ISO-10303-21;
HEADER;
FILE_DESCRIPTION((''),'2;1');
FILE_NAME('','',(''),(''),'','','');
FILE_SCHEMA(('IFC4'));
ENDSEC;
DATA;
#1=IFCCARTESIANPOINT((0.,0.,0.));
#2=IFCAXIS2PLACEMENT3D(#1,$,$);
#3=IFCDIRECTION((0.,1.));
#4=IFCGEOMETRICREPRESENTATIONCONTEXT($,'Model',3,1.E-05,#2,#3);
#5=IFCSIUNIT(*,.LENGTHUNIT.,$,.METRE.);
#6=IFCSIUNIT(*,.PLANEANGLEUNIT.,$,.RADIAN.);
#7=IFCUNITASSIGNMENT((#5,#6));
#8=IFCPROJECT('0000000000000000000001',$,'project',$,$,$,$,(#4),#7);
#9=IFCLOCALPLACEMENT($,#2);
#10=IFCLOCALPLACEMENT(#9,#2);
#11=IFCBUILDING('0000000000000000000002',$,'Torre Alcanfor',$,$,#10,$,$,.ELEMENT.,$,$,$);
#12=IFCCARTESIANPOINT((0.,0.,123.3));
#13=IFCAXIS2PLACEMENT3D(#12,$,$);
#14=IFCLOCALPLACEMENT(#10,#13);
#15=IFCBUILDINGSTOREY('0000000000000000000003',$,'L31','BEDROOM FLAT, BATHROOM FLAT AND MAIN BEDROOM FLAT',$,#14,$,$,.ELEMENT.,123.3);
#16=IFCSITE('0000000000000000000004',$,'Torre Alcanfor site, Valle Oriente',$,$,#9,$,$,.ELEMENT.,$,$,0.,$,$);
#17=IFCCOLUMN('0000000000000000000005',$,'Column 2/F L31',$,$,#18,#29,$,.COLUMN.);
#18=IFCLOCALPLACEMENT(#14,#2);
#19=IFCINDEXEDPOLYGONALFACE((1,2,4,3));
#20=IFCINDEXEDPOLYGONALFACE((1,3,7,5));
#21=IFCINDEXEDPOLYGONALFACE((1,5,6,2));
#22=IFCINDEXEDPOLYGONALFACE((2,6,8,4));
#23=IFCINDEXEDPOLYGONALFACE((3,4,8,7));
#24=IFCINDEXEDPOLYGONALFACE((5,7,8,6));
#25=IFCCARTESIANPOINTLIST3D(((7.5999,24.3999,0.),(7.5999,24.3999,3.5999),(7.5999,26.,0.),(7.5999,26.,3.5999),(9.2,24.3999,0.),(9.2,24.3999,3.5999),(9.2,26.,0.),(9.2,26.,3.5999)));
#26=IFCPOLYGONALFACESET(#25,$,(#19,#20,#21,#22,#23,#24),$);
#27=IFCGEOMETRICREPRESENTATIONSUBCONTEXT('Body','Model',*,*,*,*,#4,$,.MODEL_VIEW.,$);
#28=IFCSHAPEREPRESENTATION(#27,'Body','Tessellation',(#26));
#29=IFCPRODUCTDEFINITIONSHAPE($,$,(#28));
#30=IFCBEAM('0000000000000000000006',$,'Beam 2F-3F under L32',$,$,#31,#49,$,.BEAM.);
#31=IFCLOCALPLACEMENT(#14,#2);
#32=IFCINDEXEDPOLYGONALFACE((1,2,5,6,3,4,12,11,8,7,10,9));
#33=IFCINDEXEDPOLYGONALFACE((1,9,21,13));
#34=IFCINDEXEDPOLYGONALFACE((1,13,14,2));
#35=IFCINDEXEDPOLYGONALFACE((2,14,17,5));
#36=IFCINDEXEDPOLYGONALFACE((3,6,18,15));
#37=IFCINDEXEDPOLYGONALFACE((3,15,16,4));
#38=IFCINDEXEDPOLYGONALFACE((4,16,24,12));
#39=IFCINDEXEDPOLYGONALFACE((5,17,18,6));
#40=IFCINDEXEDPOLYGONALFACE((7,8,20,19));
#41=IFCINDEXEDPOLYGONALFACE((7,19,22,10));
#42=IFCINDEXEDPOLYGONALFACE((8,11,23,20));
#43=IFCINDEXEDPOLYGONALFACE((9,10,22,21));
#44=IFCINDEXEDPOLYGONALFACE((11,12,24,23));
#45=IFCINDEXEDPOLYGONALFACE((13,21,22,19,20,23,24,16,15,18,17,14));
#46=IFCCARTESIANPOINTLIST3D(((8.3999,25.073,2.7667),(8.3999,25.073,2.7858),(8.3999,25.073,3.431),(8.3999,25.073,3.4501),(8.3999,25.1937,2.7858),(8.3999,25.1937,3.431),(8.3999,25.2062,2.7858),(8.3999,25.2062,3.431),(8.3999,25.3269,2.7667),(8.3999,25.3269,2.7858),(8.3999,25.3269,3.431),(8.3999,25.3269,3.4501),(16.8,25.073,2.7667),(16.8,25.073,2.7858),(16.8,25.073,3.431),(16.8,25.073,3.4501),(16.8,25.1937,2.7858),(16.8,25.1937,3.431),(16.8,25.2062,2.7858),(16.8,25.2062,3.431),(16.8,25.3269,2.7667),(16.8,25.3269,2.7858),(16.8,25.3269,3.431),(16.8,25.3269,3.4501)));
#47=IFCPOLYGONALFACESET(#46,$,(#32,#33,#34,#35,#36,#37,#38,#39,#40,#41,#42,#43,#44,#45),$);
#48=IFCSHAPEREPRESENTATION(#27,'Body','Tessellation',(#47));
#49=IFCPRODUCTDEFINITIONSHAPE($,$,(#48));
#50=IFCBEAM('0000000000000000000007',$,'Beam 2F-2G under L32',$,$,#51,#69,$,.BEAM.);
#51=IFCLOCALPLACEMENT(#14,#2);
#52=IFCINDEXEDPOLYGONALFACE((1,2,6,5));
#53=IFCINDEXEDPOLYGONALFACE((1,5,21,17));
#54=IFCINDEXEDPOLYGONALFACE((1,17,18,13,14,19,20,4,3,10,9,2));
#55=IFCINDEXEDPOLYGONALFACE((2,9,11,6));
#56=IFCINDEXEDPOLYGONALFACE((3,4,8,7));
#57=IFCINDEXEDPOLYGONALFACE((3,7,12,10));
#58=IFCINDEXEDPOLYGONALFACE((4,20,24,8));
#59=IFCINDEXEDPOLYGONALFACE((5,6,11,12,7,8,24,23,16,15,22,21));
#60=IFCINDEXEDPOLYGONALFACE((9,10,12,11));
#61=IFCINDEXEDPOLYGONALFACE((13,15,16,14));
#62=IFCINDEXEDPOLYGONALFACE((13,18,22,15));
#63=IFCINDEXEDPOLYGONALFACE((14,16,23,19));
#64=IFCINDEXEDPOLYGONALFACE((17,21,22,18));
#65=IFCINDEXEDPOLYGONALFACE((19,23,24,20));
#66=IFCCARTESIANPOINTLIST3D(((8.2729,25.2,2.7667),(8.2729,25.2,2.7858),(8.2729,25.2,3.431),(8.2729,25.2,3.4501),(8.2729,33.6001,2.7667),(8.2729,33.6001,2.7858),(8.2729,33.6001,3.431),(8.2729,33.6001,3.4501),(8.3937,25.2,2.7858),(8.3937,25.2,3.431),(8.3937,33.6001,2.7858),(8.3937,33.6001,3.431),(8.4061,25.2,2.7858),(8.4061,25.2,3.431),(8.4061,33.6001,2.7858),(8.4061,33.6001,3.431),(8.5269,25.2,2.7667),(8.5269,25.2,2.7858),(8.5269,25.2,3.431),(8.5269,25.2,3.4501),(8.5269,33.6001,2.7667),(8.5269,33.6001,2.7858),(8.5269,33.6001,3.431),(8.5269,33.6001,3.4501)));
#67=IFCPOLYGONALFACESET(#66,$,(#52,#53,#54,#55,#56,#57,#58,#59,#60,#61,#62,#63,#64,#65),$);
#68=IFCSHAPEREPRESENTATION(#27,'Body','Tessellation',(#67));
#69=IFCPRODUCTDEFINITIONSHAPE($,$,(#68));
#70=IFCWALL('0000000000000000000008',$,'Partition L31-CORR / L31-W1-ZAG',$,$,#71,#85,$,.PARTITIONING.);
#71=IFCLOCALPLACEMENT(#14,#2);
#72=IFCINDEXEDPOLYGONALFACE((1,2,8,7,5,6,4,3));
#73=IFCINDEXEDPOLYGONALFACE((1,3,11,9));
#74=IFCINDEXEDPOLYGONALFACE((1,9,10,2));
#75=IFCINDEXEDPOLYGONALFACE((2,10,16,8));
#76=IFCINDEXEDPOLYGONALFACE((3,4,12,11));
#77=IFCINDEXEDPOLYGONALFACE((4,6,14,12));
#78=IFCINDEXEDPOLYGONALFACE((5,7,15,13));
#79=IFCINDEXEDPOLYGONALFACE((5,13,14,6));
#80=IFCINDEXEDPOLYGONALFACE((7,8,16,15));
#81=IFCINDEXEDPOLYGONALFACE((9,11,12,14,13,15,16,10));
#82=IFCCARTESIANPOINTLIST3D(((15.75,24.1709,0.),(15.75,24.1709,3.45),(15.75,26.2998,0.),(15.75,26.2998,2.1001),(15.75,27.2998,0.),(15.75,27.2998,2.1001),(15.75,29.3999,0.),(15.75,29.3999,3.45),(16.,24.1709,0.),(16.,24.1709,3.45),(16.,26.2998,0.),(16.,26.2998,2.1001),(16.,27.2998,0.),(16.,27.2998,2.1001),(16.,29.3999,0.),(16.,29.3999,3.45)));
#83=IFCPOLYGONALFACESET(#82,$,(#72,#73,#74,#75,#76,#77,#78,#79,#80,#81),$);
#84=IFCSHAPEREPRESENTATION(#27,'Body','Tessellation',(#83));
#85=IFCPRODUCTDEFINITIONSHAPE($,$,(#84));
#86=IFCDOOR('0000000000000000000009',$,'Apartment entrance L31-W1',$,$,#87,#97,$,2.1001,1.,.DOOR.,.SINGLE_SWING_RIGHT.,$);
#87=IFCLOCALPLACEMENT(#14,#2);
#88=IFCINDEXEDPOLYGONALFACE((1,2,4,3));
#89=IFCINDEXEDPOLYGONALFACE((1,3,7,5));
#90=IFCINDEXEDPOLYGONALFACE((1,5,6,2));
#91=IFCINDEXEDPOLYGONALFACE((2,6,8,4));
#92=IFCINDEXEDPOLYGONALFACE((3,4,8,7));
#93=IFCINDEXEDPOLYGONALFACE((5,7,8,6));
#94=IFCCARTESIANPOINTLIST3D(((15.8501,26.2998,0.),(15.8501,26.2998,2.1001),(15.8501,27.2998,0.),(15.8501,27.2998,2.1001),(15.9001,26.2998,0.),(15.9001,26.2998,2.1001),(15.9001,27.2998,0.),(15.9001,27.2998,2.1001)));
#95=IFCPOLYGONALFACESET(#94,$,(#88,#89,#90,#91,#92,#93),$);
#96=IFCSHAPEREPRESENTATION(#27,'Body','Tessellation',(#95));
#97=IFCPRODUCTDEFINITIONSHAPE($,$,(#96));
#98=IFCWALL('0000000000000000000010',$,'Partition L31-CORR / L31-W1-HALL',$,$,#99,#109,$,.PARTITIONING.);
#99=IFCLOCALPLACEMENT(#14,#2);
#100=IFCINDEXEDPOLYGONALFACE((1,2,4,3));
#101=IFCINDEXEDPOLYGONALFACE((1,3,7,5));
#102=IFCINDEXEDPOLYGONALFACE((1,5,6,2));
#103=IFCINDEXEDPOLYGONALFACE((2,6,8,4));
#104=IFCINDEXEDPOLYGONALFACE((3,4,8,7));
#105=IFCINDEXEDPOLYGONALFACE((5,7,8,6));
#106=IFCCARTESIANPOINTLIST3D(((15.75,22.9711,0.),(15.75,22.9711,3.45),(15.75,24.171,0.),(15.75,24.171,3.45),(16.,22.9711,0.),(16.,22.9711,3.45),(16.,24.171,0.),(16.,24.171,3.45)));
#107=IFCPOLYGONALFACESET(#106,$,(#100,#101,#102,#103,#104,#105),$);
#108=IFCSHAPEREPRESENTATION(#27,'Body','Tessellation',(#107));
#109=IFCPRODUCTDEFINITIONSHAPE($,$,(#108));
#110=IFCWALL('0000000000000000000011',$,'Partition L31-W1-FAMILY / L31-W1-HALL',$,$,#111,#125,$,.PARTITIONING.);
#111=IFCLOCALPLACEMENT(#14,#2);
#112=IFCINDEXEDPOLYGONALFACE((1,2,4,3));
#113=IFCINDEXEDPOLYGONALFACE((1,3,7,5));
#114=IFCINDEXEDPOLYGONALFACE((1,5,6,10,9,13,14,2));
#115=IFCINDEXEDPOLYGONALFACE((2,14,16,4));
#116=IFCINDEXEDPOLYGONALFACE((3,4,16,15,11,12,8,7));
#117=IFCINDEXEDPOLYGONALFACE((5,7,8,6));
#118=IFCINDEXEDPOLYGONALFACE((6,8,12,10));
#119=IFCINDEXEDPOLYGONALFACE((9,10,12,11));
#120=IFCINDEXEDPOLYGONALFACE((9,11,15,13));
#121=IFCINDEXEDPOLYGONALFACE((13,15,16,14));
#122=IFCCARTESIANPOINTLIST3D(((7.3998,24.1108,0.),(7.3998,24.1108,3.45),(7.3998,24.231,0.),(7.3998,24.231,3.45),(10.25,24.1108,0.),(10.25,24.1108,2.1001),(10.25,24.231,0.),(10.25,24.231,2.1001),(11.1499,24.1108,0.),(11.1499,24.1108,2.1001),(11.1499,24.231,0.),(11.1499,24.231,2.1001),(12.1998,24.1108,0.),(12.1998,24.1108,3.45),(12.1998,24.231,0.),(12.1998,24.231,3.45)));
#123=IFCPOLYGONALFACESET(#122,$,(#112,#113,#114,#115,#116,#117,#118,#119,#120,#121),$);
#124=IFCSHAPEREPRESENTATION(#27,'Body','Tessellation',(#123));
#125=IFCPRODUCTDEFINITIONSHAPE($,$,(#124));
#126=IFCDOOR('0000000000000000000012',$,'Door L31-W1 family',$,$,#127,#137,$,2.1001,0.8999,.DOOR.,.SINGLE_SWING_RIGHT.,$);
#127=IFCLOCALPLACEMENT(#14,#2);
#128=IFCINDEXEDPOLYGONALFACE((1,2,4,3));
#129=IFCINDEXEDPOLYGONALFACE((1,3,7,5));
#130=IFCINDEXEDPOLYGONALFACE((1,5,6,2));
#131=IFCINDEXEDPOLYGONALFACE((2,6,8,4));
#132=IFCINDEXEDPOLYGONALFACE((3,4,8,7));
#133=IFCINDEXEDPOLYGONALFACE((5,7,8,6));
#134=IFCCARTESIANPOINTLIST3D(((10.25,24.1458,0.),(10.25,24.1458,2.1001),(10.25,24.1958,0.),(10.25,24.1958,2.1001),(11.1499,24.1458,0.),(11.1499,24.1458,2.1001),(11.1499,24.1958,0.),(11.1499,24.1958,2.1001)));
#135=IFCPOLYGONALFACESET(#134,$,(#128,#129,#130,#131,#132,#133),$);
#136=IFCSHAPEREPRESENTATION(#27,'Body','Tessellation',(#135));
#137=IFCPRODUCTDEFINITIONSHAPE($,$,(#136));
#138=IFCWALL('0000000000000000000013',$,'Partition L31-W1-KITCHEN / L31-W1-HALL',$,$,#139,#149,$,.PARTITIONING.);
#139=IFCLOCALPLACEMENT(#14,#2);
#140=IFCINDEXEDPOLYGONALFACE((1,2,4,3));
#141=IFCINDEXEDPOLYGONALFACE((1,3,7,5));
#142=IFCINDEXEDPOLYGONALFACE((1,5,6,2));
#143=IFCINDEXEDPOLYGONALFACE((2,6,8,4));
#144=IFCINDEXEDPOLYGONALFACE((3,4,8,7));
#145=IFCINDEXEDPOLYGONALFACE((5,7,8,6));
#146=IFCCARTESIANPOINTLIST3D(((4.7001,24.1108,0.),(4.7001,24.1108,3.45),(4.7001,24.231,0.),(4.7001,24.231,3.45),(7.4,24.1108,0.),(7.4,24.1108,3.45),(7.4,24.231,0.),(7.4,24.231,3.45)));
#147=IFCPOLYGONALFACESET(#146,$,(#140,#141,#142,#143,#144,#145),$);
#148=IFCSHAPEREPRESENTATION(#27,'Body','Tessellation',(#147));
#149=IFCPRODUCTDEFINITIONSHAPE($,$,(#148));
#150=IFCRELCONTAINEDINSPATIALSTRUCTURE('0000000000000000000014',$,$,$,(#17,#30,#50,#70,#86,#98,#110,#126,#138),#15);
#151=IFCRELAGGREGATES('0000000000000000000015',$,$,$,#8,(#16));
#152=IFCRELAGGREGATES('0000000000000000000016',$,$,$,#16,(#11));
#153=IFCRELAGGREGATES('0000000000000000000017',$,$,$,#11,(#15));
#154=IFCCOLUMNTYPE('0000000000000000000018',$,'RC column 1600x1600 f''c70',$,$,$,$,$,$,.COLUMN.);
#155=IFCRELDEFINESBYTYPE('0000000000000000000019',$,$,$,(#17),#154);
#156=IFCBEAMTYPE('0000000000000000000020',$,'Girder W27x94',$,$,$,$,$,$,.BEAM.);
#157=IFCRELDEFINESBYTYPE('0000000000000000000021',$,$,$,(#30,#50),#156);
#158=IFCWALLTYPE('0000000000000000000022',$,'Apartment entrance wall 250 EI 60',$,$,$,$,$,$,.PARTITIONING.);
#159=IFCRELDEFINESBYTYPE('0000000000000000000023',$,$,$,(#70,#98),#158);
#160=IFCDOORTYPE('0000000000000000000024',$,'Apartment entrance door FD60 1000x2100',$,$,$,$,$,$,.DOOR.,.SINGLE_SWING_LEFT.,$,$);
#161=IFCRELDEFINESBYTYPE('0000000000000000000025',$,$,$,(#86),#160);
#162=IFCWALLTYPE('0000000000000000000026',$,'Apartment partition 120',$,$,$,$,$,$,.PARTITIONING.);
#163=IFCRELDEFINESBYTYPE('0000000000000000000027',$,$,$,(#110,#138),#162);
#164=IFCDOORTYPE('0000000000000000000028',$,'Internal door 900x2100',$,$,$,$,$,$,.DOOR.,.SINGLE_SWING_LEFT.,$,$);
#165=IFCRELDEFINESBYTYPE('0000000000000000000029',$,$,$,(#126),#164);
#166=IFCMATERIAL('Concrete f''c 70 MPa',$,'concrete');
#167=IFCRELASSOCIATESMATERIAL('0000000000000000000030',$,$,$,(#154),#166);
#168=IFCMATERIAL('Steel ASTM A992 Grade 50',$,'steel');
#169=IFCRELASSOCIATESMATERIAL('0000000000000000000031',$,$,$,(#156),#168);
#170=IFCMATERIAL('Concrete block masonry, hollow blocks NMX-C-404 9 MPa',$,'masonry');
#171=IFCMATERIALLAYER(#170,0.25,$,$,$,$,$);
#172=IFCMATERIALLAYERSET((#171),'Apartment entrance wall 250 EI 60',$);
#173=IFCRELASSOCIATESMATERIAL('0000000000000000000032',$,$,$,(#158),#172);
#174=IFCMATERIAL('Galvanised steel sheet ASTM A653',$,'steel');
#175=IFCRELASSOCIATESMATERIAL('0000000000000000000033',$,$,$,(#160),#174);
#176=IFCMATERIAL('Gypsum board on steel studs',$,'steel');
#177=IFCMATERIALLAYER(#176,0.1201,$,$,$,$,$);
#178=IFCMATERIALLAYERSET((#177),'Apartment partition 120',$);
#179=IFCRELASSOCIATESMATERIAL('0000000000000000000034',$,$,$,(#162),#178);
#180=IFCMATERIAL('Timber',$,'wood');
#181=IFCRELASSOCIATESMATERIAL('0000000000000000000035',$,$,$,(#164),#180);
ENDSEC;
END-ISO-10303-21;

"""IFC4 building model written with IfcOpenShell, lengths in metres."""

from ifc_helpers import new_model, si_unit, direction, frame, frame_2d, origin, origin_2d, place, context, subcontext, project, spatial, rectangle, i_section, extrude, material, layer, layer_set, material_profile, profile_set, type_object, element, fill, save


model = new_model("IFC4")

# Units and contexts
model_context = context("Model", 3, precision=1e-05, world=origin(), true_north=direction((0.0, 1.0)))
body_context = subcontext(model_context, "Body", "Model", "MODEL_VIEW")
ifc_project = project(units=[si_unit("LENGTHUNIT", "METRE"), si_unit("PLANEANGLEUNIT", "RADIAN")], contexts=[model_context])

# Site, building, storey
site_placement = place(None, origin())
site = spatial("IfcSite", under=ifc_project, at=site_placement, Name="Torre Alcanfor site, Valle Oriente", CompositionType="ELEMENT", RefElevation=0.0)
building_placement = place(site_placement, origin())
building = spatial("IfcBuilding", under=site, at=building_placement, Name="Torre Alcanfor", CompositionType="ELEMENT")
storey_placement = place(building_placement, frame((0.0, 0.0, 123.3)))
storey = spatial("IfcBuildingStorey", under=building, at=storey_placement, Name="L31", Description="BEDROOM FLAT, BATHROOM FLAT AND MAIN BEDROOM FLAT", CompositionType="ELEMENT", Elevation=123.3)

# Column
ifc_material_1 = material(Name="Concrete f'c 70 MPa", Category="concrete")
ifc_material_profile_1 = material_profile(ifc_material_1, rectangle(XDim=1.6001, YDim=1.6001, at=origin_2d()), Name="1600x1600")
ifc_profile_set_1 = profile_set([ifc_material_profile_1], Name="Concrete f'c 70 MPa")
column_type = type_object("IfcColumnType", Name="RC column 1600x1600 f'c70", PredefinedType="COLUMN", material=ifc_profile_set_1)
column_placement = place(storey_placement, frame((8.3999, 25.2, 0.0), z_axis=(0.0, 0.0, 1.0), x_axis=(1.0, 0.0, 0.0)))
element("IfcColumn", 1, at=column_placement, inside=storey, type_object=column_type, Name="Column 2/F L31", PredefinedType="COLUMN", context=body_context, shape_type="SweptSolid", body=[
    extrude(rectangle(XDim=1.6001, YDim=1.6001, at=origin_2d()), origin(), (0.0, 0.0, 1.0), 3.5999),
])

# Beams
ifc_material_2 = material(Name="Steel ASTM A992 Grade 50", Category="steel")
ifc_material_profile_2 = material_profile(ifc_material_2, i_section(OverallWidth=0.2539, OverallDepth=0.6833, WebThickness=0.0125, FlangeThickness=0.019, at=origin_2d()), Name="W27x94")
ifc_profile_set_2 = profile_set([ifc_material_profile_2], Name="Steel ASTM A992 Grade 50")
beam_type = type_object("IfcBeamType", Name="Girder W27x94", PredefinedType="BEAM", material=ifc_profile_set_2)
for number, where, z_axis, x_axis, name in (
    (2, (8.3999, 25.2, 3.1084), (1.0, 0.0, 0.0), (0.0, 1.0, 0.0), "Beam 2F-3F under L32"),
    (3, (8.3999, 25.2, 3.1084), (0.0, 1.0, 0.0), (-1.0, 0.0, 0.0), "Beam 2F-2G under L32"),
):
    element("IfcBeam", number, at=place(storey_placement, frame(where, z_axis=z_axis, x_axis=x_axis)), inside=storey, type_object=beam_type, Name=name, PredefinedType="BEAM", context=body_context, shape_type="SweptSolid", body=[
        extrude(i_section(OverallWidth=0.2539, OverallDepth=0.6833, WebThickness=0.0125, FlangeThickness=0.019, at=origin_2d()), origin(), (0.0, 0.0, 1.0), 8.4001),
    ])

# Wall, opening, door
ifc_material_3 = material(Name="Concrete block masonry, hollow blocks NMX-C-404 9 MPa", Category="masonry")
ifc_layer_1 = layer(ifc_material_3, 0.25)
ifc_layer_set_1 = layer_set([ifc_layer_1], Name="Apartment entrance wall 250 EI 60")
wall_type_1 = type_object("IfcWallType", Name="Apartment entrance wall 250 EI 60", PredefinedType="PARTITIONING", material=ifc_layer_set_1)
wall_1_placement = place(storey_placement, frame((15.875, 24.1709, 0.0), z_axis=(0.0, 0.0, 1.0), x_axis=(0.0, 1.0, 0.0)))
wall_1 = element("IfcWall", 4, at=wall_1_placement, inside=storey, type_object=wall_type_1, Name="Partition L31-CORR / L31-W1-ZAG", PredefinedType="PARTITIONING", context=body_context, shape_type="SweptSolid", body=[
    extrude(rectangle(XDim=5.229, YDim=0.25, at=frame_2d((2.6145, 0.0))), origin(), (0.0, 0.0, 1.0), 3.45),
])
opening_1_placement = place(wall_1_placement, frame((2.1289, 0.0, 0.0)))
opening_1 = element("IfcOpeningElement", 5, at=opening_1_placement, cuts=wall_1, PredefinedType="OPENING", context=body_context, shape_type="SweptSolid", body=[
    extrude(rectangle(XDim=1.0, YDim=2.1001, at=frame_2d((0.5, 1.05))), frame((0.0, 0.135, 0.0), z_axis=(0.0, -1.0, 0.0), x_axis=(1.0, 0.0, 0.0)), (0.0, 0.0, 1.0), 0.27),
])
ifc_material_4 = material(Name="Galvanised steel sheet ASTM A653", Category="steel")
door_type_1 = type_object("IfcDoorType", Name="Apartment entrance door FD60 1000x2100", OperationType="SINGLE_SWING_LEFT", PredefinedType="DOOR", material=ifc_material_4)
door_1_placement = place(opening_1_placement, origin())
door_1 = element("IfcDoor", 6, at=door_1_placement, inside=storey, type_object=door_type_1, Name="Apartment entrance L31-W1", OperationType="SINGLE_SWING_RIGHT", OverallHeight=2.1001, OverallWidth=1.0, PredefinedType="DOOR", context=body_context, shape_type="SweptSolid", body=[
    extrude(rectangle(XDim=1.0, YDim=2.1001, at=frame_2d((0.5, 1.05))), frame((0.0, 0.0249, 0.0), z_axis=(0.0, -1.0, 0.0), x_axis=(1.0, 0.0, 0.0)), (0.0, 0.0, 1.0), 0.05),
])
fill(opening_1, door_1)

# Wall
wall_2_placement = place(storey_placement, frame((15.875, 22.9709, 0.0), z_axis=(0.0, 0.0, 1.0), x_axis=(0.0, 1.0, 0.0)))
element("IfcWall", 7, at=wall_2_placement, inside=storey, type_object=wall_type_1, Name="Partition L31-CORR / L31-W1-HALL", PredefinedType="PARTITIONING", context=body_context, shape_type="SweptSolid", body=[
    extrude(rectangle(XDim=1.2, YDim=0.25, at=frame_2d((0.6001, 0.0))), origin(), (0.0, 0.0, 1.0), 3.45),
])

# Wall, opening, door
ifc_material_5 = material(Name="Gypsum board on steel studs", Category="steel")
ifc_layer_2 = layer(ifc_material_5, 0.1201)
ifc_layer_set_2 = layer_set([ifc_layer_2], Name="Apartment partition 120")
wall_type_2 = type_object("IfcWallType", Name="Apartment partition 120", PredefinedType="PARTITIONING", material=ifc_layer_set_2)
wall_3_placement = place(storey_placement, frame((7.3999, 24.1709, 0.0), z_axis=(0.0, 0.0, 1.0), x_axis=(1.0, 0.0, 0.0)))
wall_3 = element("IfcWall", 8, at=wall_3_placement, inside=storey, type_object=wall_type_2, Name="Partition L31-W1-FAMILY / L31-W1-HALL", PredefinedType="PARTITIONING", context=body_context, shape_type="SweptSolid", body=[
    extrude(rectangle(XDim=4.8, YDim=0.1201, at=frame_2d((2.3999, 0.0))), origin(), (0.0, 0.0, 1.0), 3.45),
])
opening_2_placement = place(wall_3_placement, frame((2.8501, 0.0, 0.0)))
opening_2 = element("IfcOpeningElement", 9, at=opening_2_placement, cuts=wall_3, PredefinedType="OPENING", context=body_context, shape_type="SweptSolid", body=[
    extrude(rectangle(XDim=0.8999, YDim=2.1001, at=frame_2d((0.45, 1.05))), frame((0.0, 0.0701, 0.0), z_axis=(0.0, -1.0, 0.0), x_axis=(1.0, 0.0, 0.0)), (0.0, 0.0, 1.0), 0.1401),
])
ifc_material_6 = material(Name="Timber", Category="wood")
door_type_2 = type_object("IfcDoorType", Name="Internal door 900x2100", OperationType="SINGLE_SWING_LEFT", PredefinedType="DOOR", material=ifc_material_6)
door_2_placement = place(opening_2_placement, origin())
door_2 = element("IfcDoor", 10, at=door_2_placement, inside=storey, type_object=door_type_2, Name="Door L31-W1 family", OperationType="SINGLE_SWING_RIGHT", OverallHeight=2.1001, OverallWidth=0.8999, PredefinedType="DOOR", context=body_context, shape_type="SweptSolid", body=[
    extrude(rectangle(XDim=0.8999, YDim=2.1001, at=frame_2d((0.45, 1.05))), frame((0.0, 0.0249, 0.0), z_axis=(0.0, -1.0, 0.0), x_axis=(1.0, 0.0, 0.0)), (0.0, 0.0, 1.0), 0.05),
])
fill(opening_2, door_2)

# Wall
wall_4_placement = place(storey_placement, frame((4.7, 24.1709, 0.0), z_axis=(0.0, 0.0, 1.0), x_axis=(1.0, 0.0, 0.0)))
element("IfcWall", 11, at=wall_4_placement, inside=storey, type_object=wall_type_2, Name="Partition L31-W1-KITCHEN / L31-W1-HALL", PredefinedType="PARTITIONING", context=body_context, shape_type="SweptSolid", body=[
    extrude(rectangle(XDim=2.7, YDim=0.1201, at=frame_2d((1.3501, 0.0))), origin(), (0.0, 0.0, 1.0), 3.45),
])

save(model, "model.ifc")
